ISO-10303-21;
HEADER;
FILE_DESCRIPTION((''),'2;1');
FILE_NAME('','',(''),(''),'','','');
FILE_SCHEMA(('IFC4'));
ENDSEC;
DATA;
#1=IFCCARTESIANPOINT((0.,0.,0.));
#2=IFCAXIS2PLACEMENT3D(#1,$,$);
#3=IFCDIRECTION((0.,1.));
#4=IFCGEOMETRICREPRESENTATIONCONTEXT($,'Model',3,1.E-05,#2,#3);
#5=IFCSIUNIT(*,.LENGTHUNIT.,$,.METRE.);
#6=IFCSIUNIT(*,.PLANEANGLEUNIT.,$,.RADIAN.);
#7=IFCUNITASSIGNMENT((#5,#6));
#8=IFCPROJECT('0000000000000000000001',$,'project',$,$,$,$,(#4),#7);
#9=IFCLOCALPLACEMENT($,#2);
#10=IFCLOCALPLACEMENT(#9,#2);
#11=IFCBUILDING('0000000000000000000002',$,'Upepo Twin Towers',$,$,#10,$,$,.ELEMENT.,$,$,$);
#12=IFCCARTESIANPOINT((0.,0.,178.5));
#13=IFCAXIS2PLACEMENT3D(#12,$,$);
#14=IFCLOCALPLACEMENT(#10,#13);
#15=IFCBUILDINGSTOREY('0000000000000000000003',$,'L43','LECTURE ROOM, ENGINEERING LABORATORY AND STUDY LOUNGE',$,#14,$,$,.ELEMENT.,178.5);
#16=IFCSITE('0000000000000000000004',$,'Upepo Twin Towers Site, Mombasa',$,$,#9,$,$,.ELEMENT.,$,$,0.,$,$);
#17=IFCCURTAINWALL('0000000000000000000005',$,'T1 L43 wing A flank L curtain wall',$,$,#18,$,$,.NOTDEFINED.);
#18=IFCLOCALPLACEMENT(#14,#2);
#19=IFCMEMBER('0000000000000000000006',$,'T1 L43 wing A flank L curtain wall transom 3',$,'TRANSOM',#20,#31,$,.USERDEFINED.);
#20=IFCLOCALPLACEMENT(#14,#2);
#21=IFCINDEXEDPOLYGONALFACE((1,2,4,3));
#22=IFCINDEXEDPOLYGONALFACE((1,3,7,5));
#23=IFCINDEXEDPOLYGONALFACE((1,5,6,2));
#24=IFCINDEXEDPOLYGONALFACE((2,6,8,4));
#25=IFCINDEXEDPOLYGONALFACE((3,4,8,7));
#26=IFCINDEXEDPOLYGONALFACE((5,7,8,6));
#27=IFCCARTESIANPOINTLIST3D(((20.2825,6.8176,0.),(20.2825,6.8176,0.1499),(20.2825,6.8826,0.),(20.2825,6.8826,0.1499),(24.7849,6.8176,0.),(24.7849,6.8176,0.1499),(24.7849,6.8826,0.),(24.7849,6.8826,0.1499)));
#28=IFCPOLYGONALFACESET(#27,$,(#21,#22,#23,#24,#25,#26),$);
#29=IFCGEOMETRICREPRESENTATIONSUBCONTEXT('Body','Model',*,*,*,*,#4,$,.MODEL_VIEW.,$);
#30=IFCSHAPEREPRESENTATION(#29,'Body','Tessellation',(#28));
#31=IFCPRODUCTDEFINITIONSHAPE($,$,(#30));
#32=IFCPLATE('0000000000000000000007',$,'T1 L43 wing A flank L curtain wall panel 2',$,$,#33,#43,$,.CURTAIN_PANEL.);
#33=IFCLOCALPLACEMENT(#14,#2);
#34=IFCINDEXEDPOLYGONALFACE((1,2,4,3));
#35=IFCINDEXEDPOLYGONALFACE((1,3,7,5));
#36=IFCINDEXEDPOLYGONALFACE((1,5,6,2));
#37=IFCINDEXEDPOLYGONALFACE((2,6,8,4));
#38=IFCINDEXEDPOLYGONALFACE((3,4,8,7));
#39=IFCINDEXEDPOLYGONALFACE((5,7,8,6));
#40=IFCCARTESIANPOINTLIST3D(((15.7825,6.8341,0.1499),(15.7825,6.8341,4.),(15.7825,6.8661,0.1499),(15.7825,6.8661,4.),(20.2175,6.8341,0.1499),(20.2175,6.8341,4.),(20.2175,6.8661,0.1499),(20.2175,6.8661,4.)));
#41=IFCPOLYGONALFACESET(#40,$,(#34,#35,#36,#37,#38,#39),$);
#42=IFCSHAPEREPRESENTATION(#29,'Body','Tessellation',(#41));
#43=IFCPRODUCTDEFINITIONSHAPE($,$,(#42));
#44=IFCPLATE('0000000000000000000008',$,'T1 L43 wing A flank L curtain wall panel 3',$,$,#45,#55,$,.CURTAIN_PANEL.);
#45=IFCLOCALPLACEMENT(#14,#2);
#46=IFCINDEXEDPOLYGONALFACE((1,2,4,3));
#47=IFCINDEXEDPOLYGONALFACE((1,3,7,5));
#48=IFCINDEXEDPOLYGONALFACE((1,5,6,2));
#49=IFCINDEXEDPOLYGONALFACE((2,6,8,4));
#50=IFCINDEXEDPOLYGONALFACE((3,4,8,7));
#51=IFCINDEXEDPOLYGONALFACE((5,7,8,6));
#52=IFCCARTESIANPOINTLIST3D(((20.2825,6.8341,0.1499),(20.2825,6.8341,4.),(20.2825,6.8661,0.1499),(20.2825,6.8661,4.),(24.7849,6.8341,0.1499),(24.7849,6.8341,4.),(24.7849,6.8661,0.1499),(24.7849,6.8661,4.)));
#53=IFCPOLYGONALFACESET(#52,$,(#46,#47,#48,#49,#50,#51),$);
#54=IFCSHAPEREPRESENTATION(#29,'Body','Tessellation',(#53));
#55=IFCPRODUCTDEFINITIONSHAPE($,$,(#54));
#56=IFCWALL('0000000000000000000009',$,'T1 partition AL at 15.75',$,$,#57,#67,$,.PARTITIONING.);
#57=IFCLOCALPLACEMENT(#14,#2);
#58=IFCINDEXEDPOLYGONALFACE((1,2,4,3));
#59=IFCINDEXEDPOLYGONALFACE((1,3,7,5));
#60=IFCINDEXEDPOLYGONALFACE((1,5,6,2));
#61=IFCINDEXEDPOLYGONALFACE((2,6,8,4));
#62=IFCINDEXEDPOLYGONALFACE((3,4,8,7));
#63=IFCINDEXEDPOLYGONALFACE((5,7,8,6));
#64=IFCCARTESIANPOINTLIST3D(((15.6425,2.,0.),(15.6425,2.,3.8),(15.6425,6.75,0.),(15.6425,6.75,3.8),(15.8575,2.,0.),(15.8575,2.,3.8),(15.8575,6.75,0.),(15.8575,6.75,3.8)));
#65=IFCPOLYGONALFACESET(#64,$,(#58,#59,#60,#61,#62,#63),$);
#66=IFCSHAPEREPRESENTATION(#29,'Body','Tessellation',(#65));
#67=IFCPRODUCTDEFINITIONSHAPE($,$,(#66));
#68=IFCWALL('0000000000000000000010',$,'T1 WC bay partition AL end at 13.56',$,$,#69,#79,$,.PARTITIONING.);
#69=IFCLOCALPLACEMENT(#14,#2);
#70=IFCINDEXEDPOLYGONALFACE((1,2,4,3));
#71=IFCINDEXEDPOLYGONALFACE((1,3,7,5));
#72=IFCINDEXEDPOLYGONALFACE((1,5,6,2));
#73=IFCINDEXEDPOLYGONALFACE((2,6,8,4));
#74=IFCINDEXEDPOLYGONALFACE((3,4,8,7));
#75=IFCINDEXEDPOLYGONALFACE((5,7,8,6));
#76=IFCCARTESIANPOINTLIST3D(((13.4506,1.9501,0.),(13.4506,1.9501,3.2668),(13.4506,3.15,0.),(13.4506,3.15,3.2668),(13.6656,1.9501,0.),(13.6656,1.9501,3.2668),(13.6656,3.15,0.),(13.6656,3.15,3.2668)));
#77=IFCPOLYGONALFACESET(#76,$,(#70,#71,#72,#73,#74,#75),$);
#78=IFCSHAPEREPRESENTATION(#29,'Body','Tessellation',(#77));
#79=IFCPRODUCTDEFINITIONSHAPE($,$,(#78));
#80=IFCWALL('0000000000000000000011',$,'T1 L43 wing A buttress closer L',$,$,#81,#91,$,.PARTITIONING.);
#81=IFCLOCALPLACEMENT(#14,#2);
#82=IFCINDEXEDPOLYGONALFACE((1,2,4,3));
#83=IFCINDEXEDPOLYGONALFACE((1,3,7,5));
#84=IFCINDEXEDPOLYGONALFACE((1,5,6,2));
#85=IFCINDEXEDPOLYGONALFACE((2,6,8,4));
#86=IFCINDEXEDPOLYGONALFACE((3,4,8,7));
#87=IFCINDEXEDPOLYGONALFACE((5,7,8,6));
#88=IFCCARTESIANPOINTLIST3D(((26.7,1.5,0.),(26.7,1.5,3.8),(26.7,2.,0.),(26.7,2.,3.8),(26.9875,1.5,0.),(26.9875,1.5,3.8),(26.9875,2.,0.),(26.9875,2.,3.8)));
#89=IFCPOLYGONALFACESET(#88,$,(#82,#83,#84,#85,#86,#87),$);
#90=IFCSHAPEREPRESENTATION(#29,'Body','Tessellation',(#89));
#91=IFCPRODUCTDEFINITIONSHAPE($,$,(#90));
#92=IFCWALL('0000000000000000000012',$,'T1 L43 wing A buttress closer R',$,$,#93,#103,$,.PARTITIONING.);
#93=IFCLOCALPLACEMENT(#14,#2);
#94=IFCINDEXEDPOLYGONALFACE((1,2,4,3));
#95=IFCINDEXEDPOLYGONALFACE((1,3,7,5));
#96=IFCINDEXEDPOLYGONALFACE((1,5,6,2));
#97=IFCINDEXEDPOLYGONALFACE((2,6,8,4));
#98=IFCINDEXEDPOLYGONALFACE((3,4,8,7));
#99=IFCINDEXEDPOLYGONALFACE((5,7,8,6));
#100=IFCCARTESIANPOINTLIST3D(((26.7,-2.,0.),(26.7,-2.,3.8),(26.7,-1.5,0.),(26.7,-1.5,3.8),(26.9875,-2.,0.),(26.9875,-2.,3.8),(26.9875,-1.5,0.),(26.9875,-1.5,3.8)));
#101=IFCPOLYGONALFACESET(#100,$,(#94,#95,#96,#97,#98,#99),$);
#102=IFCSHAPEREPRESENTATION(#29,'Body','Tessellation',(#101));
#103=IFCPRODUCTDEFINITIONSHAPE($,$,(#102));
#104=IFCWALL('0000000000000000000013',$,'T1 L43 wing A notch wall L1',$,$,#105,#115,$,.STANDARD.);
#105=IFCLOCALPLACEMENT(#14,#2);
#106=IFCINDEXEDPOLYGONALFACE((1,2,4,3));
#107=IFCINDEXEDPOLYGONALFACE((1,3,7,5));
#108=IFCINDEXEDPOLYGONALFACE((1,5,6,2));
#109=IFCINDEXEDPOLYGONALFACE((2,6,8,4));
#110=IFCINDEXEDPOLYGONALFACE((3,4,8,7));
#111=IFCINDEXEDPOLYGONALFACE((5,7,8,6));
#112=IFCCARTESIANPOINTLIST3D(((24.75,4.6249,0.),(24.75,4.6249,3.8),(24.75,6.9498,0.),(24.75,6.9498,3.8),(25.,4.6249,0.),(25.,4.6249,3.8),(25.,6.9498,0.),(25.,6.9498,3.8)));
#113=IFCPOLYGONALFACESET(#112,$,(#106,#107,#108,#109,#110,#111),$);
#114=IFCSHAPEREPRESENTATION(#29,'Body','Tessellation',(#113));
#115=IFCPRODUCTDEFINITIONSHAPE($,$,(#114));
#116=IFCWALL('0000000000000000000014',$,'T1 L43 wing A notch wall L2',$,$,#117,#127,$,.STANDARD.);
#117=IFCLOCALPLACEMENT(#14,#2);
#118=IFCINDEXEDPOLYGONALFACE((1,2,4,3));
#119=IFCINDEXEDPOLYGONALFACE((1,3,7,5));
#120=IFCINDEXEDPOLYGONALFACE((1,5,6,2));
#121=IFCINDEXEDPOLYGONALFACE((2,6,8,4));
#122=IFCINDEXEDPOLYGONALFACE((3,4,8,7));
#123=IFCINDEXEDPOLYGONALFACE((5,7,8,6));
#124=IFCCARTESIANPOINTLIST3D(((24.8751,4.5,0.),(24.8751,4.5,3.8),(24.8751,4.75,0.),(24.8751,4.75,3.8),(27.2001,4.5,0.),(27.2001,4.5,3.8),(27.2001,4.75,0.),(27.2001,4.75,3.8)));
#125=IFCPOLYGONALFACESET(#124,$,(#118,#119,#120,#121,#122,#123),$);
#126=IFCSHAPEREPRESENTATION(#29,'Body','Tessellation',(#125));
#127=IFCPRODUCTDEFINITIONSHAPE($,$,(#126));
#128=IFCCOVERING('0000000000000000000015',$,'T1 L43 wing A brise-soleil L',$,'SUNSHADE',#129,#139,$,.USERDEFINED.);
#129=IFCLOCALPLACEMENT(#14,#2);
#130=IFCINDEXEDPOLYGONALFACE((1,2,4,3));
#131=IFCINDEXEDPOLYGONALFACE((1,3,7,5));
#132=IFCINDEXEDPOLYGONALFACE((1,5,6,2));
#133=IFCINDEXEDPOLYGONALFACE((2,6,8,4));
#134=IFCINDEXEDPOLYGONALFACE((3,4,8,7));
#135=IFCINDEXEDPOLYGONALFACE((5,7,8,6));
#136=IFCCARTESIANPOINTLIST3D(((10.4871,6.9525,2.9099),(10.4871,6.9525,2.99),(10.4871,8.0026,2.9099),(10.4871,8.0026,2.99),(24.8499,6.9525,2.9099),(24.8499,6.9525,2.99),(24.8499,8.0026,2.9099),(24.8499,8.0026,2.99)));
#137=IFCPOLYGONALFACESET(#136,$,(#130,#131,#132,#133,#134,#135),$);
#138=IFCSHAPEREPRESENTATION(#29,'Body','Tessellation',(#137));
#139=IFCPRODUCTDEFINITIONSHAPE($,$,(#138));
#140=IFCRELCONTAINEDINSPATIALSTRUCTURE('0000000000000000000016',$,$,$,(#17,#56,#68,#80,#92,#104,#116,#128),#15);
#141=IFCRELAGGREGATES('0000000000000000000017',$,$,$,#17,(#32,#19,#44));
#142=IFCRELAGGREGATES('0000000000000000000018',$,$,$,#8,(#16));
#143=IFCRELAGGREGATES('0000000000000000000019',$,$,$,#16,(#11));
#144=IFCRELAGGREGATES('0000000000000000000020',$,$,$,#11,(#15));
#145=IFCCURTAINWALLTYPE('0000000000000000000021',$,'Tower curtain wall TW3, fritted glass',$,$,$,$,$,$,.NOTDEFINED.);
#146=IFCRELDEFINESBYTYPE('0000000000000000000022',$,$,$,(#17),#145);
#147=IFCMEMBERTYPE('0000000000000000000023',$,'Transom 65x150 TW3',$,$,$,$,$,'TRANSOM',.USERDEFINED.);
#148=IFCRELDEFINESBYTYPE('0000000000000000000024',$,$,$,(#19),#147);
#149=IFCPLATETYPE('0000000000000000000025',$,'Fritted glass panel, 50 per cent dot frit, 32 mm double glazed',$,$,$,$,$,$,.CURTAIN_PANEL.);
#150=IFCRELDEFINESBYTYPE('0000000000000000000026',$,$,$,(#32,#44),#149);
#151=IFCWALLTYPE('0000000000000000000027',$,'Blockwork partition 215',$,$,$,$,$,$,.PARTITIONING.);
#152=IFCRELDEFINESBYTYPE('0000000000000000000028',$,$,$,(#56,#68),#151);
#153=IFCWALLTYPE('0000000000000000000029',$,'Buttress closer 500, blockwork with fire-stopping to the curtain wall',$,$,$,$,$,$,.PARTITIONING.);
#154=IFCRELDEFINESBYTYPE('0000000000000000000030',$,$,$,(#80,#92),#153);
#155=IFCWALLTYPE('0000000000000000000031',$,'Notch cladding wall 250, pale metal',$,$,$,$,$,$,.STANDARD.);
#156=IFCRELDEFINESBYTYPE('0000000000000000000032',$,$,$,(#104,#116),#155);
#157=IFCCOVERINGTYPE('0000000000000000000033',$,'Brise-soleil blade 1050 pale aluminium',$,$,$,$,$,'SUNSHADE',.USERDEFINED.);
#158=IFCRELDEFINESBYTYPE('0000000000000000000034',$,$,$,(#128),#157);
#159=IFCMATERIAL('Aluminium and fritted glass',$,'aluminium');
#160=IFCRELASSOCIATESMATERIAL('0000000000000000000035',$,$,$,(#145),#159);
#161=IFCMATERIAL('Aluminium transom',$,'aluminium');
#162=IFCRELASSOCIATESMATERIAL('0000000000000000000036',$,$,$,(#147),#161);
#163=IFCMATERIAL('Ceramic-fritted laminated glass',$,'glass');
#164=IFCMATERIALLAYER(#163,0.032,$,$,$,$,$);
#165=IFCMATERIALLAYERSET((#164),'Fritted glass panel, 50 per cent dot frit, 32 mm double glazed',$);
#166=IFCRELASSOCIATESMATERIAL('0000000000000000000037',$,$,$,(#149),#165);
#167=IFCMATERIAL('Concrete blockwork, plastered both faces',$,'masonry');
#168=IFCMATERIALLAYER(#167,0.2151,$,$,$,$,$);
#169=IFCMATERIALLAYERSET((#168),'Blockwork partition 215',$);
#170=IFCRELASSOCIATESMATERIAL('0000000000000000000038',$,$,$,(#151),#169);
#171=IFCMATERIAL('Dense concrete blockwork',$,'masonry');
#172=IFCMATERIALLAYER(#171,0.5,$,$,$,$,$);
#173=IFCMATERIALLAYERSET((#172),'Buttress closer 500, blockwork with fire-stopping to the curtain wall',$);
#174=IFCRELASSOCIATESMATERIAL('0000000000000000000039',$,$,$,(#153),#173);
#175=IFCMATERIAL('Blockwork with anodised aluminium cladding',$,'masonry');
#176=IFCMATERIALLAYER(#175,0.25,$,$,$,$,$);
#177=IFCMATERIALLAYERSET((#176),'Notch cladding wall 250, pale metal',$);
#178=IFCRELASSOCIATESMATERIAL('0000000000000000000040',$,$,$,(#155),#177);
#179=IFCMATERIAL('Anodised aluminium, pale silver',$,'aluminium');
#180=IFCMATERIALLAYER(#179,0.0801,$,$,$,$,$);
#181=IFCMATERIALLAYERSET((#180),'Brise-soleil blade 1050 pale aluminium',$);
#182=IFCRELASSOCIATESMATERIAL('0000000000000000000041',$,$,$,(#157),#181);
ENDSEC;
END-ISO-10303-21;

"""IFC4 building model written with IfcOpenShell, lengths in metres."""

from ifc_helpers import new_model, si_unit, direction, frame, frame_2d, origin, origin_2d, place, context, subcontext, project, spatial, rectangle, extrude, material, layer, layer_set, material_profile, profile_set, type_object, element, aggregate, save


model = new_model("IFC4")

# Units and contexts
model_context = context("Model", 3, precision=1e-05, world=origin(), true_north=direction((0.0, 1.0)))
body_context = subcontext(model_context, "Body", "Model", "MODEL_VIEW")
ifc_project = project(units=[si_unit("LENGTHUNIT", "METRE"), si_unit("PLANEANGLEUNIT", "RADIAN")], contexts=[model_context])

# Site, building, storey
site_placement = place(None, origin())
site = spatial("IfcSite", under=ifc_project, at=site_placement, Name="Upepo Twin Towers Site, Mombasa", CompositionType="ELEMENT", RefElevation=0.0)
building_placement = place(site_placement, origin())
building = spatial("IfcBuilding", under=site, at=building_placement, Name="Upepo Twin Towers", CompositionType="ELEMENT")
storey_placement = place(building_placement, frame((0.0, 0.0, 178.5)))
storey = spatial("IfcBuildingStorey", under=building, at=storey_placement, Name="L43", Description="LECTURE ROOM, ENGINEERING LABORATORY AND STUDY LOUNGE", CompositionType="ELEMENT", Elevation=178.5)

# Curtain wall
ifc_material_1 = material(Name="Aluminium and fritted glass", Category="aluminium")
curtain_wall_type = type_object("IfcCurtainWallType", Name="Tower curtain wall TW3, fritted glass", PredefinedType="NOTDEFINED", material=ifc_material_1)
curtain_wall_1_placement = place(storey_placement, origin())
curtain_wall_1 = element("IfcCurtainWall", 1, at=curtain_wall_1_placement, inside=storey, type_object=curtain_wall_type, Name="T1 L43 wing A flank L curtain wall", PredefinedType="NOTDEFINED")

# Member
ifc_material_2 = material(Name="Aluminium transom", Category="aluminium")
ifc_material_profile_1 = material_profile(ifc_material_2, rectangle(XDim=0.0649, YDim=0.1499, at=origin_2d()), Name="TRANSOM 65x150")
ifc_profile_set_1 = profile_set([ifc_material_profile_1], Name="Aluminium transom")
member_type_1 = type_object("IfcMemberType", Name="Transom 65x150 TW3", ElementType="TRANSOM", PredefinedType="USERDEFINED", material=ifc_profile_set_1)
member_1_placement = place(storey_placement, frame((20.2825, 6.8501, 0.075), z_axis=(1.0, 0.0, 0.0), x_axis=(0.0, 1.0, 0.0)))
member_1 = element("IfcMember", 2, at=member_1_placement, type_object=member_type_1, Name="T1 L43 wing A flank L curtain wall transom 3", ObjectType="TRANSOM", PredefinedType="USERDEFINED", context=body_context, shape_type="SweptSolid", body=[
    extrude(rectangle(XDim=0.0649, YDim=0.1499, at=origin_2d()), origin(), (0.0, 0.0, 1.0), 4.5024),
])

# Plates
ifc_material_3 = material(Name="Ceramic-fritted laminated glass", Category="glass")
ifc_layer_1 = layer(ifc_material_3, 0.032)
ifc_layer_set_1 = layer_set([ifc_layer_1], Name="Fritted glass panel, 50 per cent dot frit, 32 mm double glazed")
plate_type = type_object("IfcPlateType", Name="Fritted glass panel, 50 per cent dot frit, 32 mm double glazed", PredefinedType="CURTAIN_PANEL", material=ifc_layer_set_1)
plate_1_placement = place(storey_placement, frame((18.0, 6.8501, 0.1499), z_axis=(0.0, 0.0, 1.0), x_axis=(1.0, 0.0, 0.0)))
plate_1 = element("IfcPlate", 3, at=plate_1_placement, type_object=plate_type, Name="T1 L43 wing A flank L curtain wall panel 2", PredefinedType="CURTAIN_PANEL", context=body_context, shape_type="SweptSolid", body=[
    extrude(rectangle(XDim=4.4351, YDim=0.032, at=origin_2d()), origin(), (0.0, 0.0, 1.0), 3.8501),
])
plate_2_placement = place(storey_placement, frame((22.5337, 6.8501, 0.1499), z_axis=(0.0, 0.0, 1.0), x_axis=(1.0, 0.0, 0.0)))
plate_2 = element("IfcPlate", 4, at=plate_2_placement, type_object=plate_type, Name="T1 L43 wing A flank L curtain wall panel 3", PredefinedType="CURTAIN_PANEL", context=body_context, shape_type="SweptSolid", body=[
    extrude(rectangle(XDim=4.5024, YDim=0.032, at=origin_2d()), origin(), (0.0, 0.0, 1.0), 3.8501),
])
aggregate(curtain_wall_1, [plate_1, member_1, plate_2])

# Walls
ifc_material_4 = material(Name="Concrete blockwork, plastered both faces", Category="masonry")
ifc_layer_2 = layer(ifc_material_4, 0.2151)
ifc_layer_set_2 = layer_set([ifc_layer_2], Name="Blockwork partition 215")
wall_type_1 = type_object("IfcWallType", Name="Blockwork partition 215", PredefinedType="PARTITIONING", material=ifc_layer_set_2)
wall_1_placement = place(storey_placement, frame((15.75, 2.0, 0.0), z_axis=(0.0, 0.0, 1.0), x_axis=(0.0, 1.0, 0.0)))
element("IfcWall", 5, at=wall_1_placement, inside=storey, type_object=wall_type_1, Name="T1 partition AL at 15.75", PredefinedType="PARTITIONING", context=body_context, shape_type="SweptSolid", body=[
    extrude(rectangle(XDim=4.75, YDim=0.2151, at=frame_2d((2.375, 0.0))), origin(), (0.0, 0.0, 1.0), 3.8),
])
wall_2_placement = place(storey_placement, frame((13.5581, 1.95, 0.0), z_axis=(0.0, 0.0, 1.0), x_axis=(0.0, 1.0, 0.0)))
element("IfcWall", 6, at=wall_2_placement, inside=storey, type_object=wall_type_1, Name="T1 WC bay partition AL end at 13.56", PredefinedType="PARTITIONING", context=body_context, shape_type="SweptSolid", body=[
    extrude(rectangle(XDim=1.2, YDim=0.2151, at=frame_2d((0.6001, 0.0))), origin(), (0.0, 0.0, 1.0), 3.2668),
])
ifc_material_5 = material(Name="Dense concrete blockwork", Category="masonry")
ifc_layer_3 = layer(ifc_material_5, 0.5)
ifc_layer_set_3 = layer_set([ifc_layer_3], Name="Buttress closer 500, blockwork with fire-stopping to the curtain wall")
wall_type_2 = type_object("IfcWallType", Name="Buttress closer 500, blockwork with fire-stopping to the curtain wall", PredefinedType="PARTITIONING", material=ifc_layer_set_3)
for number, where, z_axis, x_axis, name in (
    (7, (26.7, 1.75, 0.0), (0.0, 0.0, 1.0), (1.0, 0.0, 0.0), "T1 L43 wing A buttress closer L"),
    (8, (26.7, -1.75, 0.0), (0.0, 0.0, 1.0), (1.0, 0.0, 0.0), "T1 L43 wing A buttress closer R"),
):
    element("IfcWall", number, at=place(storey_placement, frame(where, z_axis=z_axis, x_axis=x_axis)), inside=storey, type_object=wall_type_2, Name=name, PredefinedType="PARTITIONING", context=body_context, shape_type="SweptSolid", body=[
        extrude(rectangle(XDim=0.2876, YDim=0.5, at=frame_2d((0.1438, 0.0))), origin(), (0.0, 0.0, 1.0), 3.8),
    ])
ifc_material_6 = material(Name="Blockwork with anodised aluminium cladding", Category="masonry")
ifc_layer_4 = layer(ifc_material_6, 0.25)
ifc_layer_set_4 = layer_set([ifc_layer_4], Name="Notch cladding wall 250, pale metal")
wall_type_3 = type_object("IfcWallType", Name="Notch cladding wall 250, pale metal", PredefinedType="STANDARD", material=ifc_layer_set_4)
for number, where, z_axis, x_axis, name in (
    (9, (24.875, 6.95, 0.0), (0.0, 0.0, 1.0), (0.0, -1.0, 0.0), "T1 L43 wing A notch wall L1"),
    (10, (24.875, 4.625, 0.0), (0.0, 0.0, 1.0), (1.0, 0.0, 0.0), "T1 L43 wing A notch wall L2"),
):
    element("IfcWall", number, at=place(storey_placement, frame(where, z_axis=z_axis, x_axis=x_axis)), inside=storey, type_object=wall_type_3, Name=name, PredefinedType="STANDARD", context=body_context, shape_type="SweptSolid", body=[
        extrude(rectangle(XDim=2.325, YDim=0.25, at=frame_2d((1.1626, 0.0))), origin(), (0.0, 0.0, 1.0), 3.8),
    ])

# Covering
ifc_material_7 = material(Name="Anodised aluminium, pale silver", Category="aluminium")
ifc_layer_5 = layer(ifc_material_7, 0.0801)
ifc_layer_set_5 = layer_set([ifc_layer_5], Name="Brise-soleil blade 1050 pale aluminium")
covering_type = type_object("IfcCoveringType", Name="Brise-soleil blade 1050 pale aluminium", ElementType="SUNSHADE", PredefinedType="USERDEFINED", material=ifc_layer_set_5)
covering_placement = place(storey_placement, frame((17.6685, 7.4775, 2.9099), z_axis=(0.0, 0.0, 1.0), x_axis=(1.0, 0.0, 0.0)))
element("IfcCovering", 11, at=covering_placement, inside=storey, type_object=covering_type, Name="T1 L43 wing A brise-soleil L", ObjectType="SUNSHADE", PredefinedType="USERDEFINED", context=body_context, shape_type="SweptSolid", body=[
    extrude(rectangle(XDim=14.3628, YDim=1.05, at=origin_2d()), origin(), (0.0, 0.0, 1.0), 0.0801),
])

save(model, "model.ifc")
